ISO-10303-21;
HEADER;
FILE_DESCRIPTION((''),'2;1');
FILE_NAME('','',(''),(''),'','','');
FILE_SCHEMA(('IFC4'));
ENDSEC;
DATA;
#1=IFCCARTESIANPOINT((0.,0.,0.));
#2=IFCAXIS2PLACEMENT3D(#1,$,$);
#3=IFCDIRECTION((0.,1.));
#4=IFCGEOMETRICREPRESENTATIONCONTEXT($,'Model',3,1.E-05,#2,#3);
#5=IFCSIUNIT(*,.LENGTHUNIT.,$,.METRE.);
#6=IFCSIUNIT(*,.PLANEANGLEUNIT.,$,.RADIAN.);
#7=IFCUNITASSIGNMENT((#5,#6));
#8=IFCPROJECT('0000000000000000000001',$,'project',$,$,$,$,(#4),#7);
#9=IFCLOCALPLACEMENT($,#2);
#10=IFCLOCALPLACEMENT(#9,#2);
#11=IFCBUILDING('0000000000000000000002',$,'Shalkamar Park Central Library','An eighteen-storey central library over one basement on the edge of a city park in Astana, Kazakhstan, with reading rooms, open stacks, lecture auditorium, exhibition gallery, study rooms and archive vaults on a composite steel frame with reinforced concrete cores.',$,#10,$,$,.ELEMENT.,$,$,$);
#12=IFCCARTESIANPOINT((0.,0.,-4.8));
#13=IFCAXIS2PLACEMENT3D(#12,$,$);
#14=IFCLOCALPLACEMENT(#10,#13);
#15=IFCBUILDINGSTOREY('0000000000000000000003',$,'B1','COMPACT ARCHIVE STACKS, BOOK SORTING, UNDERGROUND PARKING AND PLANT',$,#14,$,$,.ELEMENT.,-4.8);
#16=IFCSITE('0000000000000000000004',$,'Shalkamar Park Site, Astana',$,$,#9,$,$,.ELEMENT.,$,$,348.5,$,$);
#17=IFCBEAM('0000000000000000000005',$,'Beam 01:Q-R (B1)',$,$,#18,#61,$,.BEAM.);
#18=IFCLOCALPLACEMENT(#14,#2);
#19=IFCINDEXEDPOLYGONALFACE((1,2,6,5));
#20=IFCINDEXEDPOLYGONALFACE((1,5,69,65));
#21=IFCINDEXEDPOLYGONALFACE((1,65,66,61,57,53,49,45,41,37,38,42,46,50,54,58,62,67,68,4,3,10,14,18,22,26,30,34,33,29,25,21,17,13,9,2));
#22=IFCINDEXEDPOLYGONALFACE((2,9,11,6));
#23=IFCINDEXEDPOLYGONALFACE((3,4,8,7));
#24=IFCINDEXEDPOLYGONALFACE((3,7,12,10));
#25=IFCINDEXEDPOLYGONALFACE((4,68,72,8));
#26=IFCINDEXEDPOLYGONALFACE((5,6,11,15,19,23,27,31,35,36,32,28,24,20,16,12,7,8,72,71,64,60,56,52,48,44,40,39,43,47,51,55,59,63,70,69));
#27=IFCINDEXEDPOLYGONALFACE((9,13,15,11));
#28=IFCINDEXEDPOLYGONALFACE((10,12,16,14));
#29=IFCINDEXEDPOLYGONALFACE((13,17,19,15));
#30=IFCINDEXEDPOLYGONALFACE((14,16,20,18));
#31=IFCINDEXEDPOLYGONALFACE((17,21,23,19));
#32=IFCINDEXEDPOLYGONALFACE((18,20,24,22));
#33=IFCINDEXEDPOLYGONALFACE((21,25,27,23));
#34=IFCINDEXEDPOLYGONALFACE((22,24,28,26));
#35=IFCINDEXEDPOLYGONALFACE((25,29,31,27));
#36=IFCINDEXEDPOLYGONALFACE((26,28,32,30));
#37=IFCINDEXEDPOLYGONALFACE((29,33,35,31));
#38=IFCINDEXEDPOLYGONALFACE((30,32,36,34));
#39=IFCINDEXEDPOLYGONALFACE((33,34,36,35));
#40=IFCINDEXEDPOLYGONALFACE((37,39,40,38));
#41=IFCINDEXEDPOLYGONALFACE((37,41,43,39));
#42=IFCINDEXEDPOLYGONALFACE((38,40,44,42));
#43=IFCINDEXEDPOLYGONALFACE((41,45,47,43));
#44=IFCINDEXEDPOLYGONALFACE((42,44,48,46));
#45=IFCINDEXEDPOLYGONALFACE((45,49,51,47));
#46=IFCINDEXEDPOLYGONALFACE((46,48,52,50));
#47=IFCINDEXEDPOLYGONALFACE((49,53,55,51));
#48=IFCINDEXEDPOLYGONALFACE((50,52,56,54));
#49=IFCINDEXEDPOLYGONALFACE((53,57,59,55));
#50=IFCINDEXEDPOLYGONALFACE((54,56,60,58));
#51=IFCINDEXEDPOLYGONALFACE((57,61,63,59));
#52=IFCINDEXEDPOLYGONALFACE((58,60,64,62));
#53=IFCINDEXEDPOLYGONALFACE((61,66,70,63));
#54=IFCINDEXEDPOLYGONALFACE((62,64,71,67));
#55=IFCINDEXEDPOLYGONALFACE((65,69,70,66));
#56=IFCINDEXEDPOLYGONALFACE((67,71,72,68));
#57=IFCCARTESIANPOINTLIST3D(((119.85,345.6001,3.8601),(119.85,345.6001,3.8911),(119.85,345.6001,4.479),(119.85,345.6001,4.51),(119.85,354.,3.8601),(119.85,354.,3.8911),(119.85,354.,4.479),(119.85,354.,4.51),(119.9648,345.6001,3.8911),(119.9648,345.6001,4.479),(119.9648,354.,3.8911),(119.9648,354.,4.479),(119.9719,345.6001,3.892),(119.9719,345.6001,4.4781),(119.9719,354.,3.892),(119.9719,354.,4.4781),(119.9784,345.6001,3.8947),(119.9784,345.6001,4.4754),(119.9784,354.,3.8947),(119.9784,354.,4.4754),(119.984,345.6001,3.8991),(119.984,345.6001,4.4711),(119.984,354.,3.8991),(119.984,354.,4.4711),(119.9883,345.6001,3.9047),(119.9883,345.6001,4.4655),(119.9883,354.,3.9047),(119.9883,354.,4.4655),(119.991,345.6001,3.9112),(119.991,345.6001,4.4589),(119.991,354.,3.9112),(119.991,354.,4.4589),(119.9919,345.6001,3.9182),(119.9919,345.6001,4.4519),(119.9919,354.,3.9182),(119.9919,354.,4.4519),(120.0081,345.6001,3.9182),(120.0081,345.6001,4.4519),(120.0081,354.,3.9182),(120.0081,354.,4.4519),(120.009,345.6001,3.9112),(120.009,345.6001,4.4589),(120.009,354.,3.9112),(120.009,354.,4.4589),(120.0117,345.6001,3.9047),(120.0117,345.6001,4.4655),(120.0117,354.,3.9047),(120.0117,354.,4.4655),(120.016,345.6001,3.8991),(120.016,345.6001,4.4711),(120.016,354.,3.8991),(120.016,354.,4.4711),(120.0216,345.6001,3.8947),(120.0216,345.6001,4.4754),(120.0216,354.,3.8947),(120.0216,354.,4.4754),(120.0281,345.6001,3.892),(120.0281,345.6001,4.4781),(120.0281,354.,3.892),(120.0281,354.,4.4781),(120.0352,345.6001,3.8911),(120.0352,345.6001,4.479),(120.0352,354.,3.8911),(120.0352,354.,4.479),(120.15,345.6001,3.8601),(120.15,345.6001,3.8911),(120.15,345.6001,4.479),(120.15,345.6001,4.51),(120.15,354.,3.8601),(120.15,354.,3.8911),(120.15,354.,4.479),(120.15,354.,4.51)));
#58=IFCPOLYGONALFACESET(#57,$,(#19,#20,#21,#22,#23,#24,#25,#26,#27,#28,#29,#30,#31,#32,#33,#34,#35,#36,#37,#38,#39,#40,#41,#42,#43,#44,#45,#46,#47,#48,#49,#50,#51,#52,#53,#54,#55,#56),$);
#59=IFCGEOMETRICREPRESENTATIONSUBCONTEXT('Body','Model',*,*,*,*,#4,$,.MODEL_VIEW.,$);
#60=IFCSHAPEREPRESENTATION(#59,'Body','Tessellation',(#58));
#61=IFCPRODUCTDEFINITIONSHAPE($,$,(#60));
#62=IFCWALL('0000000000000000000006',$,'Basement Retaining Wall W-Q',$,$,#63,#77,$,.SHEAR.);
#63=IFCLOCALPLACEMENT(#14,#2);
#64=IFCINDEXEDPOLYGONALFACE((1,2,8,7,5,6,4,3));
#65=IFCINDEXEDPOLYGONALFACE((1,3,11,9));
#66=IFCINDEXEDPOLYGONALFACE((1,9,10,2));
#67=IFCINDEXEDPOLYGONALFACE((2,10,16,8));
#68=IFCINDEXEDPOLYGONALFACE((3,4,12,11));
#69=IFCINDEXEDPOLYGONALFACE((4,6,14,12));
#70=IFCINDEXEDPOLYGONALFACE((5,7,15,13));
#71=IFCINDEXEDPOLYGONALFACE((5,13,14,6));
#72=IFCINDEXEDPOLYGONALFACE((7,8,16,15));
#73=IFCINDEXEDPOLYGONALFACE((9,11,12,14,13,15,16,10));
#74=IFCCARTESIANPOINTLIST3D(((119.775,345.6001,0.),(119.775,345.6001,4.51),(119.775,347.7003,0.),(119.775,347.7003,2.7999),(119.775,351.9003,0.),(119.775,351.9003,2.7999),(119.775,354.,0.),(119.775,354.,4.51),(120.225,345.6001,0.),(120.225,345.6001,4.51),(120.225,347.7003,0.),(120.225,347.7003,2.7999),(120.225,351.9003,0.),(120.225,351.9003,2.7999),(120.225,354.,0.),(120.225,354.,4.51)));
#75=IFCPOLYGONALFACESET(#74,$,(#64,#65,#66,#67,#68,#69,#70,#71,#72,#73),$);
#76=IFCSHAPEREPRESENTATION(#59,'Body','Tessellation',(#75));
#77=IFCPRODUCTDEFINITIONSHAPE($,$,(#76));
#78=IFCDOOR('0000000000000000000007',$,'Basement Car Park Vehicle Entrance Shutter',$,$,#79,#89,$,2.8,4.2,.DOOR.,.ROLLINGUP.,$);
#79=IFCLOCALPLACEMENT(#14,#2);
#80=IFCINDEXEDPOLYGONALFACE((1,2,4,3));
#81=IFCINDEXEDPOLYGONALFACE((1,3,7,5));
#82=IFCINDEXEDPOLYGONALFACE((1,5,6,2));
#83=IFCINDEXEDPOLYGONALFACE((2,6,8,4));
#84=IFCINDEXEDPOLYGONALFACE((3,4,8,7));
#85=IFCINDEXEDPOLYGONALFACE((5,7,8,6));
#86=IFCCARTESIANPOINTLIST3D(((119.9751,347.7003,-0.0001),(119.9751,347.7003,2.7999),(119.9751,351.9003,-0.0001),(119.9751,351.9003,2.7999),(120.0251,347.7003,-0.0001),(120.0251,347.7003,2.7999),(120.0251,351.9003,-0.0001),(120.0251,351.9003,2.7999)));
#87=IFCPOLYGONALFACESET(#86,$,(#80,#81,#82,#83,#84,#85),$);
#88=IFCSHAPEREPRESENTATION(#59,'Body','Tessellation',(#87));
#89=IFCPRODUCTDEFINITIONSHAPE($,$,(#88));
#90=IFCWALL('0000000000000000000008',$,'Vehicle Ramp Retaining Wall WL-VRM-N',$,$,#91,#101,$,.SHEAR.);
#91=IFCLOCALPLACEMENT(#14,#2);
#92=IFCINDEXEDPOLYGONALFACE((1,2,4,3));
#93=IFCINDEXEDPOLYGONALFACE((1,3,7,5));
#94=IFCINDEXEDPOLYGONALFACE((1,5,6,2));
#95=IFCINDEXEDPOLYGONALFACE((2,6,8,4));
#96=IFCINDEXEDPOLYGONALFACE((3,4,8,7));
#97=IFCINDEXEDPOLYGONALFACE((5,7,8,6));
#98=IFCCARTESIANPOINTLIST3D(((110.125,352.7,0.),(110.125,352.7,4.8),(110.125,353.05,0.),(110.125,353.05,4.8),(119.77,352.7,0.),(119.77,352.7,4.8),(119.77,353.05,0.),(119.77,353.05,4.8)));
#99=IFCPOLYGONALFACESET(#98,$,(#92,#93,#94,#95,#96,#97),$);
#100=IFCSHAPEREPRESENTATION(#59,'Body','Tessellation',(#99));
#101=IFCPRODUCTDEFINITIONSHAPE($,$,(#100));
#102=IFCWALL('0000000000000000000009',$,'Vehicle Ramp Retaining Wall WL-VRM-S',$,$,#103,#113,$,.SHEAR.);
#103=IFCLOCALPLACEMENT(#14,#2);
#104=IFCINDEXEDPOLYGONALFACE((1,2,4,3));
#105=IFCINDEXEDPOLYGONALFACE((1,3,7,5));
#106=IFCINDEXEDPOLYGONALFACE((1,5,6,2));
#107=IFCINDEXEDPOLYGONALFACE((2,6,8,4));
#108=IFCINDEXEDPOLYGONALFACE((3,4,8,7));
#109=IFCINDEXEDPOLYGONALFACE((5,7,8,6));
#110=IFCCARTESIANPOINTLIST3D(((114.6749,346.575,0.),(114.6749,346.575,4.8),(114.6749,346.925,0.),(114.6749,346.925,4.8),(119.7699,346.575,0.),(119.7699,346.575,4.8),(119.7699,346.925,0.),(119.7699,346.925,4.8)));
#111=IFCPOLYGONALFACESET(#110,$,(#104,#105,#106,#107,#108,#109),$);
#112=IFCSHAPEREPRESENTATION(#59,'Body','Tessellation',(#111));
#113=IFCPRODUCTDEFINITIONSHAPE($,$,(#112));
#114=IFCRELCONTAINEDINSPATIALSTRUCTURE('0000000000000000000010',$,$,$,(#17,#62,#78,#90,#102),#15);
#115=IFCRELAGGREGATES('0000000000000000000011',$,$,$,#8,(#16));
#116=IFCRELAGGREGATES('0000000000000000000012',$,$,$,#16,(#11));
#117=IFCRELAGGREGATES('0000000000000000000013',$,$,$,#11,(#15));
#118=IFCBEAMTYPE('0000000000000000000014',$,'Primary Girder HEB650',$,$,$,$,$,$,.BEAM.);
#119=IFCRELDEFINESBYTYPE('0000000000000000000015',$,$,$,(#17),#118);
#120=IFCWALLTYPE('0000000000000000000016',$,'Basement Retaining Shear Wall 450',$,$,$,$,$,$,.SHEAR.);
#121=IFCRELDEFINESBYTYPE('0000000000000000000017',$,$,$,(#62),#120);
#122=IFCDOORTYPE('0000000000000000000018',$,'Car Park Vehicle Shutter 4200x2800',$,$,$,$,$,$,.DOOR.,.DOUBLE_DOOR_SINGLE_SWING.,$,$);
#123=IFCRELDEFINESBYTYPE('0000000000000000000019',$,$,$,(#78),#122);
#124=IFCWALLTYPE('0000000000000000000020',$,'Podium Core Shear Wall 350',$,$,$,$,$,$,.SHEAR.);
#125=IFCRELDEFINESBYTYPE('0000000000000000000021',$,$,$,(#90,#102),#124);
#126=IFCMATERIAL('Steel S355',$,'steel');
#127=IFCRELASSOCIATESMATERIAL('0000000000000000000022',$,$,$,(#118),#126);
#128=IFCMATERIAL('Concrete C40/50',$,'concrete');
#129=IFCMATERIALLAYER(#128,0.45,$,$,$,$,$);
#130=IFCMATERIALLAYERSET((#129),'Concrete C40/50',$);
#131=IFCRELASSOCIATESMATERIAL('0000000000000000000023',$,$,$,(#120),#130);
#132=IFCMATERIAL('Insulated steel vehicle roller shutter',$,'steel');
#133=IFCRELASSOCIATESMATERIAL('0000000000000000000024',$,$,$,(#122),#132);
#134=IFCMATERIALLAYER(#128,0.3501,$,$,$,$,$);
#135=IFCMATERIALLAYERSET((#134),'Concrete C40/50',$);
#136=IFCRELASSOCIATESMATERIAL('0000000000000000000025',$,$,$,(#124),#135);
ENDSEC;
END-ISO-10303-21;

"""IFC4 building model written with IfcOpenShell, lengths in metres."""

from ifc_helpers import new_model, si_unit, direction, frame, frame_2d, origin, origin_2d, place, context, subcontext, project, spatial, rectangle, i_section, extrude, material, layer, layer_set, material_profile, profile_set, type_object, element, fill, save


model = new_model("IFC4")

# Units and contexts
model_context = context("Model", 3, precision=1e-05, world=origin(), true_north=direction((0.0, 1.0)))
body_context = subcontext(model_context, "Body", "Model", "MODEL_VIEW")
ifc_project = project(units=[si_unit("LENGTHUNIT", "METRE"), si_unit("PLANEANGLEUNIT", "RADIAN")], contexts=[model_context])

# Site, building, storey
site_placement = place(None, origin())
site = spatial("IfcSite", under=ifc_project, at=site_placement, Name="Shalkamar Park Site, Astana", CompositionType="ELEMENT", RefElevation=348.5)
building_placement = place(site_placement, origin())
building = spatial("IfcBuilding", under=site, at=building_placement, Name="Shalkamar Park Central Library", Description="An eighteen-storey central library over one basement on the edge of a city park in Astana, Kazakhstan, with reading rooms, open stacks, lecture auditorium, exhibition gallery, study rooms and archive vaults on a composite steel frame with reinforced concrete cores.", CompositionType="ELEMENT")
storey_placement = place(building_placement, frame((0.0, 0.0, -4.8)))
storey = spatial("IfcBuildingStorey", under=building, at=storey_placement, Name="B1", Description="COMPACT ARCHIVE STACKS, BOOK SORTING, UNDERGROUND PARKING AND PLANT", CompositionType="ELEMENT", Elevation=-4.8)

# Shared definitions
ifc_material_1 = material(Name="Concrete C40/50", Category="concrete")

# Beam
ifc_material_2 = material(Name="Steel S355", Category="steel")
ifc_material_profile_1 = material_profile(ifc_material_2, i_section(OverallWidth=0.3, OverallDepth=0.6499, WebThickness=0.0161, FlangeThickness=0.031, FilletRadius=0.0271, at=origin_2d()), Name="HEB 650")
ifc_profile_set_1 = profile_set([ifc_material_profile_1], Name="Steel S355")
beam_type_1 = type_object("IfcBeamType", Name="Primary Girder HEB650", PredefinedType="BEAM", material=ifc_profile_set_1)
beam_1_placement = place(storey_placement, frame((120.0, 345.6001, 4.1851), z_axis=(0.0, 1.0, 0.0), x_axis=(-1.0, 0.0, 0.0)))
element("IfcBeam", 1, at=beam_1_placement, inside=storey, type_object=beam_type_1, Name="Beam 01:Q-R (B1)", PredefinedType="BEAM", context=body_context, shape_type="SweptSolid", body=[
    extrude(i_section(OverallWidth=0.3, OverallDepth=0.6499, WebThickness=0.0161, FlangeThickness=0.031, FilletRadius=0.0271, at=origin_2d()), origin(), (0.0, 0.0, 1.0), 8.3999),
])

# Wall, opening, door
ifc_layer_1 = layer(ifc_material_1, 0.45)
ifc_layer_set_1 = layer_set([ifc_layer_1], Name="Concrete C40/50")
wall_type_1 = type_object("IfcWallType", Name="Basement Retaining Shear Wall 450", PredefinedType="SHEAR", material=ifc_layer_set_1)
wall_1_placement = place(storey_placement, frame((120.0, 345.6001, 0.0), z_axis=(0.0, 0.0, 1.0), x_axis=(0.0, 1.0, 0.0)))
wall_1 = element("IfcWall", 2, at=wall_1_placement, inside=storey, type_object=wall_type_1, Name="Basement Retaining Wall W-Q", PredefinedType="SHEAR", context=body_context, shape_type="SweptSolid", body=[
    extrude(rectangle(XDim=8.3999, YDim=0.45, at=frame_2d((4.2, 0.0))), origin(), (0.0, 0.0, 1.0), 4.51),
])
opening_placement = place(wall_1_placement, frame((2.1001, 0.0, 0.0)))
opening = element("IfcOpeningElement", 3, at=opening_placement, cuts=wall_1, PredefinedType="OPENING", context=body_context, shape_type="SweptSolid", body=[
    extrude(rectangle(XDim=4.2, YDim=2.8, at=frame_2d((2.1001, 1.3999))), frame((0.0, 0.2397, 0.0), z_axis=(0.0, -1.0, 0.0), x_axis=(1.0, 0.0, 0.0)), (0.0, 0.0, 1.0), 0.4797),
])
ifc_material_3 = material(Name="Insulated steel vehicle roller shutter", Category="steel")
door_type = type_object("IfcDoorType", Name="Car Park Vehicle Shutter 4200x2800", OperationType="DOUBLE_DOOR_SINGLE_SWING", PredefinedType="DOOR", material=ifc_material_3)
door_placement = place(opening_placement, origin())
door = element("IfcDoor", 4, at=door_placement, inside=storey, type_object=door_type, Name="Basement Car Park Vehicle Entrance Shutter", OperationType="ROLLINGUP", OverallHeight=2.8, OverallWidth=4.2, PredefinedType="DOOR", context=body_context, shape_type="SweptSolid", body=[
    extrude(rectangle(XDim=4.2, YDim=2.8, at=frame_2d((2.1001, 1.3999))), frame((0.0, 0.0249, 0.0), z_axis=(0.0, -1.0, 0.0), x_axis=(1.0, 0.0, 0.0)), (0.0, 0.0, 1.0), 0.05),
])
fill(opening, door)

# Walls
ifc_layer_2 = layer(ifc_material_1, 0.3501)
ifc_layer_set_2 = layer_set([ifc_layer_2], Name="Concrete C40/50")
wall_type_2 = type_object("IfcWallType", Name="Podium Core Shear Wall 350", PredefinedType="SHEAR", material=ifc_layer_set_2)
wall_2_placement = place(storey_placement, frame((110.125, 352.875, 0.0), z_axis=(0.0, 0.0, 1.0), x_axis=(1.0, 0.0, 0.0)))
element("IfcWall", 5, at=wall_2_placement, inside=storey, type_object=wall_type_2, Name="Vehicle Ramp Retaining Wall WL-VRM-N", PredefinedType="SHEAR", context=body_context, shape_type="SweptSolid", body=[
    extrude(rectangle(XDim=9.645, YDim=0.3501, at=frame_2d((4.8225, 0.0))), origin(), (0.0, 0.0, 1.0), 4.8),
])
wall_3_placement = place(storey_placement, frame((114.675, 346.75, 0.0), z_axis=(0.0, 0.0, 1.0), x_axis=(1.0, 0.0, 0.0)))
element("IfcWall", 6, at=wall_3_placement, inside=storey, type_object=wall_type_2, Name="Vehicle Ramp Retaining Wall WL-VRM-S", PredefinedType="SHEAR", context=body_context, shape_type="SweptSolid", body=[
    extrude(rectangle(XDim=5.095, YDim=0.3501, at=frame_2d((2.5474, 0.0))), origin(), (0.0, 0.0, 1.0), 4.8),
])

save(model, "model.ifc")
